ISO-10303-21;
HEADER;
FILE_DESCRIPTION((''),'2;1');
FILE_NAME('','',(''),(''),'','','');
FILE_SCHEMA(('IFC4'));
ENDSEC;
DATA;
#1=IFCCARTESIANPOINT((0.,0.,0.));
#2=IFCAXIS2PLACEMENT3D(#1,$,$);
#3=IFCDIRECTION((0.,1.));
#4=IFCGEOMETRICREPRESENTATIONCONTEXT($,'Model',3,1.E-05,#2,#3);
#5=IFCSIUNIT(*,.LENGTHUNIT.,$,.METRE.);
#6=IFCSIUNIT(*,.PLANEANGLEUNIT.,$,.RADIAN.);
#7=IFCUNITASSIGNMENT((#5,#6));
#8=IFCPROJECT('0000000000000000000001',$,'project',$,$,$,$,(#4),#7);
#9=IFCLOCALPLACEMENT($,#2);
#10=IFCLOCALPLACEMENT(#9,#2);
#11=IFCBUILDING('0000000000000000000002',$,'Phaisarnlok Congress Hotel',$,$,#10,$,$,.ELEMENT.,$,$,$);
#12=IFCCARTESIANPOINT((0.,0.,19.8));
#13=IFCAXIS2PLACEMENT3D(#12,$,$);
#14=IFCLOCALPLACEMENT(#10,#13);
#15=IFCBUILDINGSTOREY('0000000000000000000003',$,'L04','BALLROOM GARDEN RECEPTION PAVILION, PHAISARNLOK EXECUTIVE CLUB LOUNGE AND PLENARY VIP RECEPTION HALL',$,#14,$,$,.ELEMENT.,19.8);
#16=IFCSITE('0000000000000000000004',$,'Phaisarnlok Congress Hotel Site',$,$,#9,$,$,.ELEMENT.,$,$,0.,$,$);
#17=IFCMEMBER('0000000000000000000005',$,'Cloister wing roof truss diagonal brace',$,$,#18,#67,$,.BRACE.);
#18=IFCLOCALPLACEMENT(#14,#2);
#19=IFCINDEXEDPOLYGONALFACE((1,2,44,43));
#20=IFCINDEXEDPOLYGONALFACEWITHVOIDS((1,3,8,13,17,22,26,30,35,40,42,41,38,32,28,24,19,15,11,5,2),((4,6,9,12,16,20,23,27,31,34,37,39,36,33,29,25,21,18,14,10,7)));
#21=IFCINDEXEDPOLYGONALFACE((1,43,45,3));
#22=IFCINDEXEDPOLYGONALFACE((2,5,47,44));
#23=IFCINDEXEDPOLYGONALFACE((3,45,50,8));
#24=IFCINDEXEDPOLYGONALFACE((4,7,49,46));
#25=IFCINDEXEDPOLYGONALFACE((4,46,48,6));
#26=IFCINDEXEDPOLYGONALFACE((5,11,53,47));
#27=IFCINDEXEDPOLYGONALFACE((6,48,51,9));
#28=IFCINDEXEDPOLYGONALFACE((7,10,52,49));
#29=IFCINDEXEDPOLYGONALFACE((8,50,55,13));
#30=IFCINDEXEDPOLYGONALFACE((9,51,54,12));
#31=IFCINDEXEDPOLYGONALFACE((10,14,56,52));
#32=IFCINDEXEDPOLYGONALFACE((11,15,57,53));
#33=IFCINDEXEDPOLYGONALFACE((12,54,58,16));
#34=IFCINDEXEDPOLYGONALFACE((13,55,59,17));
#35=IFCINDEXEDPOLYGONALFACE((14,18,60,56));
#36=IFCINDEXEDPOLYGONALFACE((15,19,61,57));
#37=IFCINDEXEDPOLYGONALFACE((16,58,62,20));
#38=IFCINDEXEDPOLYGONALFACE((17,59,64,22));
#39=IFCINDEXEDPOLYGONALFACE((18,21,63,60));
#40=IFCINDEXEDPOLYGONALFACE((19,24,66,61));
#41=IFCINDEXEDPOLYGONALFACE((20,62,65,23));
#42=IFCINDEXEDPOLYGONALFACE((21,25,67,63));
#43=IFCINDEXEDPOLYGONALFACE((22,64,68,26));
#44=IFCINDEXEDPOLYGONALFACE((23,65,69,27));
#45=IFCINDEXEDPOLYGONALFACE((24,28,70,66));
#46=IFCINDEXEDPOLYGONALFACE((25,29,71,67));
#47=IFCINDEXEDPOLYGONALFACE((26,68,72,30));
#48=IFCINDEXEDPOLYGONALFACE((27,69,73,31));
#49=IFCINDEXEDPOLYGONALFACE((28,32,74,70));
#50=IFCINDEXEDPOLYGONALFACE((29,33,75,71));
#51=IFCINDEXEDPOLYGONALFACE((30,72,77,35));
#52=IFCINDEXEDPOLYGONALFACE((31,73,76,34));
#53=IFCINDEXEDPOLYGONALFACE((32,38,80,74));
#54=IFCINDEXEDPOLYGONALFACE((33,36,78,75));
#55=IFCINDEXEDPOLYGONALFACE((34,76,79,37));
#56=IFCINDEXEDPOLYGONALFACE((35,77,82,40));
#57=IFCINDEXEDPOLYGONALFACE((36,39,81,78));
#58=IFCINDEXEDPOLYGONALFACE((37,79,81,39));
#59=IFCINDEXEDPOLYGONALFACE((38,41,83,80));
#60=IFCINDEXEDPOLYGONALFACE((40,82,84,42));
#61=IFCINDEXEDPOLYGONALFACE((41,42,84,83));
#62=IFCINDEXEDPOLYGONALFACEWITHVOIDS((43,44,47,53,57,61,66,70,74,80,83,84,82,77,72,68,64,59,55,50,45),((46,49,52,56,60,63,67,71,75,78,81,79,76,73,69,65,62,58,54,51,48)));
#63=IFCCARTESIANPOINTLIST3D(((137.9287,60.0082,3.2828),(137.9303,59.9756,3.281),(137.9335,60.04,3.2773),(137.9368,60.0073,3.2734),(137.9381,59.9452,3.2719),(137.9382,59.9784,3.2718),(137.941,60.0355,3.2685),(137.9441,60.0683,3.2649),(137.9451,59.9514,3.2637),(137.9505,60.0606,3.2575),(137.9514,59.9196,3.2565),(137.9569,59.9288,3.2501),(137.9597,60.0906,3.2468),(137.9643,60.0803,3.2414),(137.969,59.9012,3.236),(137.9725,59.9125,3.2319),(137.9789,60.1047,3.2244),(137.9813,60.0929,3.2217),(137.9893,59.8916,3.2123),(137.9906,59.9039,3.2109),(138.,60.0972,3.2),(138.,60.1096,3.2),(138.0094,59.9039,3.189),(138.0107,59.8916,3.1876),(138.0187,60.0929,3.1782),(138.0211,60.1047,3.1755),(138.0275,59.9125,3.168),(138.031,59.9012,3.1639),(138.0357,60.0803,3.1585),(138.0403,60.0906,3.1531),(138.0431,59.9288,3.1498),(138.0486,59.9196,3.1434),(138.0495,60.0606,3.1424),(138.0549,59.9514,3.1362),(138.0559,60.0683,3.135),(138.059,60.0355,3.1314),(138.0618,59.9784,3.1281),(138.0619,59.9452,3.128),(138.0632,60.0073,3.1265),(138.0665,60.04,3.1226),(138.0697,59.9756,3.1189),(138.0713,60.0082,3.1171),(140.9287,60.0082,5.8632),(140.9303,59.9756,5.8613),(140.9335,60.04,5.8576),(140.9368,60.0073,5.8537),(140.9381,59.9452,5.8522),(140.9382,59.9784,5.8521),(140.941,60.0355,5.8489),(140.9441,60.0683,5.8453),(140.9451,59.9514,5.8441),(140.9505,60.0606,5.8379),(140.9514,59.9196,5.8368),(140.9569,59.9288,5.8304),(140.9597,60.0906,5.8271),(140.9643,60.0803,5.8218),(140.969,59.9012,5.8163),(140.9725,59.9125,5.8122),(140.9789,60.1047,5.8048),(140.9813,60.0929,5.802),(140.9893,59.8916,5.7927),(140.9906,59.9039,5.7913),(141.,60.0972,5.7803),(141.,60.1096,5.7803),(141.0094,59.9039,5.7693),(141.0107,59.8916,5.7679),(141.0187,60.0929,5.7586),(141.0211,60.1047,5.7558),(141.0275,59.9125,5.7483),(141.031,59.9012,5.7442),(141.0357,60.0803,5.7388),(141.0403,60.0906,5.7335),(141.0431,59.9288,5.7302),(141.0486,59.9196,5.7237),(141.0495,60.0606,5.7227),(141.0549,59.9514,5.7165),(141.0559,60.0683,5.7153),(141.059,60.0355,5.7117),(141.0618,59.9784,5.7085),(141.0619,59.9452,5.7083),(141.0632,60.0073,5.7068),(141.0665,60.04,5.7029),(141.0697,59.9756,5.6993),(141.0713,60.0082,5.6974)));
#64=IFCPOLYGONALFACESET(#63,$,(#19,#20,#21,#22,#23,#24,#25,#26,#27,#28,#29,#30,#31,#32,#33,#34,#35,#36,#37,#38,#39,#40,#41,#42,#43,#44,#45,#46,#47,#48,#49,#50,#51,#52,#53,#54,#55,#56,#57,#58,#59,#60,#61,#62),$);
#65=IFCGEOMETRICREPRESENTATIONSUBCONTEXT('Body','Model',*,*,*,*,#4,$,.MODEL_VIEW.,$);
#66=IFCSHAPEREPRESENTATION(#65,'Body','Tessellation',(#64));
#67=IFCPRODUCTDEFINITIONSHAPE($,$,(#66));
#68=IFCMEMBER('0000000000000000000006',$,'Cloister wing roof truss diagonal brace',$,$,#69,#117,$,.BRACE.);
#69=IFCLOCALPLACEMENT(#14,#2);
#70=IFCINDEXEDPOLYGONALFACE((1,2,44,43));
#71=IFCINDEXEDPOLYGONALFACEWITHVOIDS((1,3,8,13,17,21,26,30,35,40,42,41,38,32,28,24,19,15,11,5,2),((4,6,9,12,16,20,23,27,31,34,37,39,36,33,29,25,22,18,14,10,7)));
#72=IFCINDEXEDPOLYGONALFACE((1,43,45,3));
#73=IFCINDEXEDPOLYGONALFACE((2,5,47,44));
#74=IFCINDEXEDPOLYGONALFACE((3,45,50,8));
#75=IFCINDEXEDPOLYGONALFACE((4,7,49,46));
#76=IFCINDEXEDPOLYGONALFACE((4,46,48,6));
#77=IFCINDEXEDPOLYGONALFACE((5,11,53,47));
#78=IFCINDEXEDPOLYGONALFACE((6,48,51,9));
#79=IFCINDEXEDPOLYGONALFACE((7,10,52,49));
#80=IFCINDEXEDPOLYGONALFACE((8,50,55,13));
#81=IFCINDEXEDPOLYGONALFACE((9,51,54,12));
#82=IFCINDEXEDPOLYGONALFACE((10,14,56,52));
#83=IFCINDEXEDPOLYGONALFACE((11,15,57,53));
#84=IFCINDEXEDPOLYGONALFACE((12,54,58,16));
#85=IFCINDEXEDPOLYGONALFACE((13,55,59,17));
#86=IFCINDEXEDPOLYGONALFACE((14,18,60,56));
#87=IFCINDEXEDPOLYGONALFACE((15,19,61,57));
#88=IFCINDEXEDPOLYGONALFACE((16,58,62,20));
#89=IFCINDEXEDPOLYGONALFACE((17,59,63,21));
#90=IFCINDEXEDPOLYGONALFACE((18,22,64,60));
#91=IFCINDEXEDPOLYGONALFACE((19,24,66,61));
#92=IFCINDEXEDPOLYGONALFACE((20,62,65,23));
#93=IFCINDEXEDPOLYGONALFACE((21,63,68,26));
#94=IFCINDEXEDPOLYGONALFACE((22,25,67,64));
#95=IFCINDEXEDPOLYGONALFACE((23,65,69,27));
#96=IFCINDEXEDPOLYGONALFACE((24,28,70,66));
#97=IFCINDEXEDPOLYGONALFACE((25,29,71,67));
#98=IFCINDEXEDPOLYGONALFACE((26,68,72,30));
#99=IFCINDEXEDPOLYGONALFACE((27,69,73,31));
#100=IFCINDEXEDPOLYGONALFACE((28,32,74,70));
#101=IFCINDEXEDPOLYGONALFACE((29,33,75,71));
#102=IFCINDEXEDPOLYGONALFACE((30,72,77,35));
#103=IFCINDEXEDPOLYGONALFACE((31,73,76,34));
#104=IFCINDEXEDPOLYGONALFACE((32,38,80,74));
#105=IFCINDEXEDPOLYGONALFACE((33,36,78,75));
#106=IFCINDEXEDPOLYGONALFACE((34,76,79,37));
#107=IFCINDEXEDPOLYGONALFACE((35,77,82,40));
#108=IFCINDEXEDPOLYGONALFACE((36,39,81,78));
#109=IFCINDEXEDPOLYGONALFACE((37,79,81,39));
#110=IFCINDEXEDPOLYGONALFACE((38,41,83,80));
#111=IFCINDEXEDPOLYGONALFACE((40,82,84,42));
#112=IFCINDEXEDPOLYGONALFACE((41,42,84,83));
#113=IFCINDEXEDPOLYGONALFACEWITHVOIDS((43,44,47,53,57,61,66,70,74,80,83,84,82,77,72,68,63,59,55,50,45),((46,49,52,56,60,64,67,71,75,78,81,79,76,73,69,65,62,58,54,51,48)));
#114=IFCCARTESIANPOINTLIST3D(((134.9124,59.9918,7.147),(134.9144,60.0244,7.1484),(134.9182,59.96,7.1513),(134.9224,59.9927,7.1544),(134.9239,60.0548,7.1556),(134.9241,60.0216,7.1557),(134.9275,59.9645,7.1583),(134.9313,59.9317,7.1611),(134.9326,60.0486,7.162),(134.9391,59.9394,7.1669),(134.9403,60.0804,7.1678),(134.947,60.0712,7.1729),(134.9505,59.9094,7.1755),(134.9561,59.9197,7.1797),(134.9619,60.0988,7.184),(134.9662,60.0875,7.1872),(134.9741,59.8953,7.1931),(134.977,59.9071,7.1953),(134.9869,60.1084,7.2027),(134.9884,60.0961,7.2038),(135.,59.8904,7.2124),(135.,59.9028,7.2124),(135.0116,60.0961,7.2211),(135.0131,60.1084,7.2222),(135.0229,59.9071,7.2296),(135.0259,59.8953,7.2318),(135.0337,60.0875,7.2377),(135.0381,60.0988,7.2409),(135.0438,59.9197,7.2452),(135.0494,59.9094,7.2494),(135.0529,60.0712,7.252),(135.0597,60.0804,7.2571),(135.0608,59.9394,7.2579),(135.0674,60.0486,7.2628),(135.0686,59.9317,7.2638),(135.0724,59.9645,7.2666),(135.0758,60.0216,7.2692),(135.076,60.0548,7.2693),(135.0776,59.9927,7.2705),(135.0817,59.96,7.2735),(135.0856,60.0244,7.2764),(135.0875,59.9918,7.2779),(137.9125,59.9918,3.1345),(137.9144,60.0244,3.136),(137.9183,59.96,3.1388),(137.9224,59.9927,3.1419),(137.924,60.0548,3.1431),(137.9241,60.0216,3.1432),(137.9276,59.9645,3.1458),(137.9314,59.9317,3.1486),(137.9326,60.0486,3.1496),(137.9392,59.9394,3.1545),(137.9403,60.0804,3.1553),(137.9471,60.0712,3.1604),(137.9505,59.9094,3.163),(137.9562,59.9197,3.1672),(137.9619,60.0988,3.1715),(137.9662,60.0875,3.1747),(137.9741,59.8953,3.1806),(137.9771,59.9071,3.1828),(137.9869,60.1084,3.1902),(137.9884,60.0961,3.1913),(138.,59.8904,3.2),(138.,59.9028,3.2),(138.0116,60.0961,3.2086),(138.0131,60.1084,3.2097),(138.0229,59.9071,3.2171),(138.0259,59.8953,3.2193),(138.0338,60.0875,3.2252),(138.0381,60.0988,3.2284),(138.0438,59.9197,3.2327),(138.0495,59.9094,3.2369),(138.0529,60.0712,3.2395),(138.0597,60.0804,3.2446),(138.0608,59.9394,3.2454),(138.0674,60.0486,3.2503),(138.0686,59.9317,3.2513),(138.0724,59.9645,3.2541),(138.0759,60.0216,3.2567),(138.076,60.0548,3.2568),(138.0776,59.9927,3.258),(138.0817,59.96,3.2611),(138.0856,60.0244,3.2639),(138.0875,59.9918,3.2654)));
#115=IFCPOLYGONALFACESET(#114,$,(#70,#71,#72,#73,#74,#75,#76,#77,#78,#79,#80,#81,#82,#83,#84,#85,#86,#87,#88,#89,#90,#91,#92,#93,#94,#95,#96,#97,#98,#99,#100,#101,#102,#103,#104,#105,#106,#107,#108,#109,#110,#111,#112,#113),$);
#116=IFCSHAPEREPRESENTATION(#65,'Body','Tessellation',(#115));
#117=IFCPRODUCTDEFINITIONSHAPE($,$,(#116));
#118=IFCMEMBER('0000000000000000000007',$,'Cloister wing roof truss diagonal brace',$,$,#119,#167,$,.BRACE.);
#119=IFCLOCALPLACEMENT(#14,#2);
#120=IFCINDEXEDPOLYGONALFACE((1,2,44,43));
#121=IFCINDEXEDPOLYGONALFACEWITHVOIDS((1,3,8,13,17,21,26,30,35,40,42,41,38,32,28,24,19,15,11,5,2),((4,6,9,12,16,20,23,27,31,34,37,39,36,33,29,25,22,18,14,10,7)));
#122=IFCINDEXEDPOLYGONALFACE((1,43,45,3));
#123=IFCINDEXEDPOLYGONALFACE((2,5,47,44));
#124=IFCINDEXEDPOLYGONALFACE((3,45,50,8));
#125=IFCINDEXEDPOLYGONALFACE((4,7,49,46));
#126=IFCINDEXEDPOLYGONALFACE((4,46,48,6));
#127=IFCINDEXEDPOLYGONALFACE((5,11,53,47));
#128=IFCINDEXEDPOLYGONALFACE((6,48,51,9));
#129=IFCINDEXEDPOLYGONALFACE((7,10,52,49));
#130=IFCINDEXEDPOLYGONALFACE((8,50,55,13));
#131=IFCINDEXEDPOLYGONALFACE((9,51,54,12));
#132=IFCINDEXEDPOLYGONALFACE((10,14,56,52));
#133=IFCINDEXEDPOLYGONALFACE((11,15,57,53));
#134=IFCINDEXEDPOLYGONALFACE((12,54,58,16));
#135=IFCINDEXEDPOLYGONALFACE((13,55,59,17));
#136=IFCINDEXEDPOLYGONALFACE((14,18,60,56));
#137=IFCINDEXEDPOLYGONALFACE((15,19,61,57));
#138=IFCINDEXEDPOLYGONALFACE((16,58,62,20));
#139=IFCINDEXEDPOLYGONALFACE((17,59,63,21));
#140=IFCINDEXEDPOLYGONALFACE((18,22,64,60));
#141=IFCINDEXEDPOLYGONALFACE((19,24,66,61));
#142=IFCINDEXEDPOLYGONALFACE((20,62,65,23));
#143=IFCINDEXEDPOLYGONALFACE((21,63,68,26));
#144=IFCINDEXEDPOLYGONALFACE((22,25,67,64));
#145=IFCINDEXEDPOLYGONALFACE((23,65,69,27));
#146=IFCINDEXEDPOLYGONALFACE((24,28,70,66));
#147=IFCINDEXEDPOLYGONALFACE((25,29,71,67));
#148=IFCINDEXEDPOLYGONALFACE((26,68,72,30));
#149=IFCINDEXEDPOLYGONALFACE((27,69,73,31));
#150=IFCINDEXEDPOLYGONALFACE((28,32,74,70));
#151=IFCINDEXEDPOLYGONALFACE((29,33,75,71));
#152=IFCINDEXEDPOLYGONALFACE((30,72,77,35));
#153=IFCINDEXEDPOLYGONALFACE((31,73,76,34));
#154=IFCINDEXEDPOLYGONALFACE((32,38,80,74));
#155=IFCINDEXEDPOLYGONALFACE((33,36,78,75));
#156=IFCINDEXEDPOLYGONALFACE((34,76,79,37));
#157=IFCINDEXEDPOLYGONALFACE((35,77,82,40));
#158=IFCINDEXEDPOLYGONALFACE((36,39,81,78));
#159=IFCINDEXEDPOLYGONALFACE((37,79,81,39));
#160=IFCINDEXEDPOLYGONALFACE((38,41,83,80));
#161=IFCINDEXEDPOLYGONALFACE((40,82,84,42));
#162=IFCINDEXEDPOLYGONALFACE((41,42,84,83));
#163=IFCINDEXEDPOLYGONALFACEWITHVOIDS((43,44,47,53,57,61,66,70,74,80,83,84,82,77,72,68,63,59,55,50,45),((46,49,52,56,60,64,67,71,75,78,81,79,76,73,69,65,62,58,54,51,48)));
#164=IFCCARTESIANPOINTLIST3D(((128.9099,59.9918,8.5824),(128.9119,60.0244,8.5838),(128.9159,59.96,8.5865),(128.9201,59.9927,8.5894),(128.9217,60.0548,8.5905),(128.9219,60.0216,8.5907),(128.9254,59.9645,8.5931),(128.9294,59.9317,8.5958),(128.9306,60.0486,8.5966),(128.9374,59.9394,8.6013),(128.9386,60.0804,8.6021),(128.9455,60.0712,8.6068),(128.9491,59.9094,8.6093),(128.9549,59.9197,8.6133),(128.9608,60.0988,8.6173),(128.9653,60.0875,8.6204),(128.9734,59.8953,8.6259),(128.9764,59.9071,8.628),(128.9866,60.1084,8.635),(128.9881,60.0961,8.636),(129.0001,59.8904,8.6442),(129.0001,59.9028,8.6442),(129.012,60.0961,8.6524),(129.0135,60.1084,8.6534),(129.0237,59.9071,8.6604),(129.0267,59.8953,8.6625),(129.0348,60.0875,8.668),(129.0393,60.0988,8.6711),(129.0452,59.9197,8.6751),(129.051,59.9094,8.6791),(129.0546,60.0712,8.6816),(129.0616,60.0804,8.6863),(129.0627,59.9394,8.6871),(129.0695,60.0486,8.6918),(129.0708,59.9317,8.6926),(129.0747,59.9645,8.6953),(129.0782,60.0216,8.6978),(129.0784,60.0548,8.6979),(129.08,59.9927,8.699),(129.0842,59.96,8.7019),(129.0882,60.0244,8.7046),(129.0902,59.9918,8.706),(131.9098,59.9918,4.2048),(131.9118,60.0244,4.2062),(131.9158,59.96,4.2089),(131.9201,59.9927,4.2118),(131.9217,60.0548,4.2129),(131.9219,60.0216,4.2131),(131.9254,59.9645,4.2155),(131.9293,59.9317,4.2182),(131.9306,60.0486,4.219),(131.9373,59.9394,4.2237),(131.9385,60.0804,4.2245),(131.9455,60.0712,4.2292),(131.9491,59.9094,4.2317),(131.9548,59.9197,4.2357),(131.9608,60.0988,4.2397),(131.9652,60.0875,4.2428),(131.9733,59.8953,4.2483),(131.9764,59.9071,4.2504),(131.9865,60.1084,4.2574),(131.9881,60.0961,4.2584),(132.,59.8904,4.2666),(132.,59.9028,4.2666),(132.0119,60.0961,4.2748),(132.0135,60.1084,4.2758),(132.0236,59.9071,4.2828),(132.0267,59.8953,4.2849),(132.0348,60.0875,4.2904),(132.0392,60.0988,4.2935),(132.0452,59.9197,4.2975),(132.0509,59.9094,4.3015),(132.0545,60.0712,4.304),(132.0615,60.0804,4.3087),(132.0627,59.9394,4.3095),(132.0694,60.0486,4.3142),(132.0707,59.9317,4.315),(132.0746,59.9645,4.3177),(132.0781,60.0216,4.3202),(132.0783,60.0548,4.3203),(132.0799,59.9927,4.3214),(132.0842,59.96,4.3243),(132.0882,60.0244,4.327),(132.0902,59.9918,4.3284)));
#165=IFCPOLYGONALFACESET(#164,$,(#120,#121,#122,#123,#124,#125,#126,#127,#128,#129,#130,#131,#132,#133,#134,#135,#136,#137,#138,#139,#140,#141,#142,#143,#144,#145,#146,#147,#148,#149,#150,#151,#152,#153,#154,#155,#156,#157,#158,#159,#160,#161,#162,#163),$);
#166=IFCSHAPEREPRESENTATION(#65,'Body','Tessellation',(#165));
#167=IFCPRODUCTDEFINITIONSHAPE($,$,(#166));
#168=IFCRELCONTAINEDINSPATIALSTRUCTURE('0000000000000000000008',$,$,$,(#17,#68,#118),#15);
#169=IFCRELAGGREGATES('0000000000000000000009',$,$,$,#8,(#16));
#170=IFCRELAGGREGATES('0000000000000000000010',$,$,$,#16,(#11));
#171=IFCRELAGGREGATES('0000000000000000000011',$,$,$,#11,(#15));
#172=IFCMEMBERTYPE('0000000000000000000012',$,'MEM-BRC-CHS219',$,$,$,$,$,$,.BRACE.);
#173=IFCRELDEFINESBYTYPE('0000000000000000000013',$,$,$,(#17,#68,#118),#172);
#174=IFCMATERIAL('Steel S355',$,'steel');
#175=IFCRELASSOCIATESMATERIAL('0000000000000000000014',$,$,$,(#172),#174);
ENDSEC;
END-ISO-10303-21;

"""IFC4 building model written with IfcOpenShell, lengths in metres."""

from ifc_helpers import new_model, si_unit, direction, frame, origin, origin_2d, place, context, subcontext, project, spatial, hollow_circle, extrude, material, material_profile, profile_set, type_object, element, save


model = new_model("IFC4")

# Units and contexts
model_context = context("Model", 3, precision=1e-05, world=origin(), true_north=direction((0.0, 1.0)))
body_context = subcontext(model_context, "Body", "Model", "MODEL_VIEW")
ifc_project = project(units=[si_unit("LENGTHUNIT", "METRE"), si_unit("PLANEANGLEUNIT", "RADIAN")], contexts=[model_context])

# Site, building, storey
site_placement = place(None, origin())
site = spatial("IfcSite", under=ifc_project, at=site_placement, Name="Phaisarnlok Congress Hotel Site", CompositionType="ELEMENT", RefElevation=0.0)
building_placement = place(site_placement, origin())
building = spatial("IfcBuilding", under=site, at=building_placement, Name="Phaisarnlok Congress Hotel", CompositionType="ELEMENT")
storey_placement = place(building_placement, frame((0.0, 0.0, 19.8)))
storey = spatial("IfcBuildingStorey", under=building, at=storey_placement, Name="L04", Description="BALLROOM GARDEN RECEPTION PAVILION, PHAISARNLOK EXECUTIVE CLUB LOUNGE AND PLENARY VIP RECEPTION HALL", CompositionType="ELEMENT", Elevation=19.8)

# Shared definitions
ifc_material_1 = material(Name="Steel S355", Category="steel")

# Members
ifc_material_profile_1 = material_profile(ifc_material_1, hollow_circle(Radius=0.1096, WallThickness=0.0125, at=origin_2d()), Name="CHS 219.1x12.5")
ifc_profile_set_1 = profile_set([ifc_material_profile_1], Name="Steel S355")
member_type_1 = type_object("IfcMemberType", Name="MEM-BRC-CHS219", PredefinedType="BRACE", material=ifc_profile_set_1)
member_1_placement = place(storey_placement, frame((138.0, 60.0, 3.2), z_axis=(0.758145, 0.0, 0.652086), x_axis=(0.0, 1.0, 0.0)))
element("IfcMember", 1, at=member_1_placement, inside=storey, type_object=member_type_1, Name="Cloister wing roof truss diagonal brace", PredefinedType="BRACE", context=body_context, shape_type="SweptSolid", body=[
    extrude(hollow_circle(Radius=0.1096, WallThickness=0.0125, at=origin_2d()), origin(), (0.0, 0.0, 1.0), 3.957),
])
member_2_placement = place(storey_placement, frame((138.0, 60.0, 3.2), z_axis=(-0.598806, 0.0, 0.800894), x_axis=(0.0, -1.0, 0.0)))
element("IfcMember", 2, at=member_2_placement, inside=storey, type_object=member_type_1, Name="Cloister wing roof truss diagonal brace", PredefinedType="BRACE", context=body_context, shape_type="SweptSolid", body=[
    extrude(hollow_circle(Radius=0.1096, WallThickness=0.0125, at=origin_2d()), origin(), (0.0, 0.0, 1.0), 5.01),
])
member_3_placement = place(storey_placement, frame((132.0, 60.0, 4.2666), z_axis=(-0.565292, 0.0, 0.824891), x_axis=(0.0, -1.0, 0.0)))
element("IfcMember", 3, at=member_3_placement, inside=storey, type_object=member_type_1, Name="Cloister wing roof truss diagonal brace", PredefinedType="BRACE", context=body_context, shape_type="SweptSolid", body=[
    extrude(hollow_circle(Radius=0.1096, WallThickness=0.0125, at=origin_2d()), origin(), (0.0, 0.0, 1.0), 5.3069),
])

save(model, "model.ifc")
